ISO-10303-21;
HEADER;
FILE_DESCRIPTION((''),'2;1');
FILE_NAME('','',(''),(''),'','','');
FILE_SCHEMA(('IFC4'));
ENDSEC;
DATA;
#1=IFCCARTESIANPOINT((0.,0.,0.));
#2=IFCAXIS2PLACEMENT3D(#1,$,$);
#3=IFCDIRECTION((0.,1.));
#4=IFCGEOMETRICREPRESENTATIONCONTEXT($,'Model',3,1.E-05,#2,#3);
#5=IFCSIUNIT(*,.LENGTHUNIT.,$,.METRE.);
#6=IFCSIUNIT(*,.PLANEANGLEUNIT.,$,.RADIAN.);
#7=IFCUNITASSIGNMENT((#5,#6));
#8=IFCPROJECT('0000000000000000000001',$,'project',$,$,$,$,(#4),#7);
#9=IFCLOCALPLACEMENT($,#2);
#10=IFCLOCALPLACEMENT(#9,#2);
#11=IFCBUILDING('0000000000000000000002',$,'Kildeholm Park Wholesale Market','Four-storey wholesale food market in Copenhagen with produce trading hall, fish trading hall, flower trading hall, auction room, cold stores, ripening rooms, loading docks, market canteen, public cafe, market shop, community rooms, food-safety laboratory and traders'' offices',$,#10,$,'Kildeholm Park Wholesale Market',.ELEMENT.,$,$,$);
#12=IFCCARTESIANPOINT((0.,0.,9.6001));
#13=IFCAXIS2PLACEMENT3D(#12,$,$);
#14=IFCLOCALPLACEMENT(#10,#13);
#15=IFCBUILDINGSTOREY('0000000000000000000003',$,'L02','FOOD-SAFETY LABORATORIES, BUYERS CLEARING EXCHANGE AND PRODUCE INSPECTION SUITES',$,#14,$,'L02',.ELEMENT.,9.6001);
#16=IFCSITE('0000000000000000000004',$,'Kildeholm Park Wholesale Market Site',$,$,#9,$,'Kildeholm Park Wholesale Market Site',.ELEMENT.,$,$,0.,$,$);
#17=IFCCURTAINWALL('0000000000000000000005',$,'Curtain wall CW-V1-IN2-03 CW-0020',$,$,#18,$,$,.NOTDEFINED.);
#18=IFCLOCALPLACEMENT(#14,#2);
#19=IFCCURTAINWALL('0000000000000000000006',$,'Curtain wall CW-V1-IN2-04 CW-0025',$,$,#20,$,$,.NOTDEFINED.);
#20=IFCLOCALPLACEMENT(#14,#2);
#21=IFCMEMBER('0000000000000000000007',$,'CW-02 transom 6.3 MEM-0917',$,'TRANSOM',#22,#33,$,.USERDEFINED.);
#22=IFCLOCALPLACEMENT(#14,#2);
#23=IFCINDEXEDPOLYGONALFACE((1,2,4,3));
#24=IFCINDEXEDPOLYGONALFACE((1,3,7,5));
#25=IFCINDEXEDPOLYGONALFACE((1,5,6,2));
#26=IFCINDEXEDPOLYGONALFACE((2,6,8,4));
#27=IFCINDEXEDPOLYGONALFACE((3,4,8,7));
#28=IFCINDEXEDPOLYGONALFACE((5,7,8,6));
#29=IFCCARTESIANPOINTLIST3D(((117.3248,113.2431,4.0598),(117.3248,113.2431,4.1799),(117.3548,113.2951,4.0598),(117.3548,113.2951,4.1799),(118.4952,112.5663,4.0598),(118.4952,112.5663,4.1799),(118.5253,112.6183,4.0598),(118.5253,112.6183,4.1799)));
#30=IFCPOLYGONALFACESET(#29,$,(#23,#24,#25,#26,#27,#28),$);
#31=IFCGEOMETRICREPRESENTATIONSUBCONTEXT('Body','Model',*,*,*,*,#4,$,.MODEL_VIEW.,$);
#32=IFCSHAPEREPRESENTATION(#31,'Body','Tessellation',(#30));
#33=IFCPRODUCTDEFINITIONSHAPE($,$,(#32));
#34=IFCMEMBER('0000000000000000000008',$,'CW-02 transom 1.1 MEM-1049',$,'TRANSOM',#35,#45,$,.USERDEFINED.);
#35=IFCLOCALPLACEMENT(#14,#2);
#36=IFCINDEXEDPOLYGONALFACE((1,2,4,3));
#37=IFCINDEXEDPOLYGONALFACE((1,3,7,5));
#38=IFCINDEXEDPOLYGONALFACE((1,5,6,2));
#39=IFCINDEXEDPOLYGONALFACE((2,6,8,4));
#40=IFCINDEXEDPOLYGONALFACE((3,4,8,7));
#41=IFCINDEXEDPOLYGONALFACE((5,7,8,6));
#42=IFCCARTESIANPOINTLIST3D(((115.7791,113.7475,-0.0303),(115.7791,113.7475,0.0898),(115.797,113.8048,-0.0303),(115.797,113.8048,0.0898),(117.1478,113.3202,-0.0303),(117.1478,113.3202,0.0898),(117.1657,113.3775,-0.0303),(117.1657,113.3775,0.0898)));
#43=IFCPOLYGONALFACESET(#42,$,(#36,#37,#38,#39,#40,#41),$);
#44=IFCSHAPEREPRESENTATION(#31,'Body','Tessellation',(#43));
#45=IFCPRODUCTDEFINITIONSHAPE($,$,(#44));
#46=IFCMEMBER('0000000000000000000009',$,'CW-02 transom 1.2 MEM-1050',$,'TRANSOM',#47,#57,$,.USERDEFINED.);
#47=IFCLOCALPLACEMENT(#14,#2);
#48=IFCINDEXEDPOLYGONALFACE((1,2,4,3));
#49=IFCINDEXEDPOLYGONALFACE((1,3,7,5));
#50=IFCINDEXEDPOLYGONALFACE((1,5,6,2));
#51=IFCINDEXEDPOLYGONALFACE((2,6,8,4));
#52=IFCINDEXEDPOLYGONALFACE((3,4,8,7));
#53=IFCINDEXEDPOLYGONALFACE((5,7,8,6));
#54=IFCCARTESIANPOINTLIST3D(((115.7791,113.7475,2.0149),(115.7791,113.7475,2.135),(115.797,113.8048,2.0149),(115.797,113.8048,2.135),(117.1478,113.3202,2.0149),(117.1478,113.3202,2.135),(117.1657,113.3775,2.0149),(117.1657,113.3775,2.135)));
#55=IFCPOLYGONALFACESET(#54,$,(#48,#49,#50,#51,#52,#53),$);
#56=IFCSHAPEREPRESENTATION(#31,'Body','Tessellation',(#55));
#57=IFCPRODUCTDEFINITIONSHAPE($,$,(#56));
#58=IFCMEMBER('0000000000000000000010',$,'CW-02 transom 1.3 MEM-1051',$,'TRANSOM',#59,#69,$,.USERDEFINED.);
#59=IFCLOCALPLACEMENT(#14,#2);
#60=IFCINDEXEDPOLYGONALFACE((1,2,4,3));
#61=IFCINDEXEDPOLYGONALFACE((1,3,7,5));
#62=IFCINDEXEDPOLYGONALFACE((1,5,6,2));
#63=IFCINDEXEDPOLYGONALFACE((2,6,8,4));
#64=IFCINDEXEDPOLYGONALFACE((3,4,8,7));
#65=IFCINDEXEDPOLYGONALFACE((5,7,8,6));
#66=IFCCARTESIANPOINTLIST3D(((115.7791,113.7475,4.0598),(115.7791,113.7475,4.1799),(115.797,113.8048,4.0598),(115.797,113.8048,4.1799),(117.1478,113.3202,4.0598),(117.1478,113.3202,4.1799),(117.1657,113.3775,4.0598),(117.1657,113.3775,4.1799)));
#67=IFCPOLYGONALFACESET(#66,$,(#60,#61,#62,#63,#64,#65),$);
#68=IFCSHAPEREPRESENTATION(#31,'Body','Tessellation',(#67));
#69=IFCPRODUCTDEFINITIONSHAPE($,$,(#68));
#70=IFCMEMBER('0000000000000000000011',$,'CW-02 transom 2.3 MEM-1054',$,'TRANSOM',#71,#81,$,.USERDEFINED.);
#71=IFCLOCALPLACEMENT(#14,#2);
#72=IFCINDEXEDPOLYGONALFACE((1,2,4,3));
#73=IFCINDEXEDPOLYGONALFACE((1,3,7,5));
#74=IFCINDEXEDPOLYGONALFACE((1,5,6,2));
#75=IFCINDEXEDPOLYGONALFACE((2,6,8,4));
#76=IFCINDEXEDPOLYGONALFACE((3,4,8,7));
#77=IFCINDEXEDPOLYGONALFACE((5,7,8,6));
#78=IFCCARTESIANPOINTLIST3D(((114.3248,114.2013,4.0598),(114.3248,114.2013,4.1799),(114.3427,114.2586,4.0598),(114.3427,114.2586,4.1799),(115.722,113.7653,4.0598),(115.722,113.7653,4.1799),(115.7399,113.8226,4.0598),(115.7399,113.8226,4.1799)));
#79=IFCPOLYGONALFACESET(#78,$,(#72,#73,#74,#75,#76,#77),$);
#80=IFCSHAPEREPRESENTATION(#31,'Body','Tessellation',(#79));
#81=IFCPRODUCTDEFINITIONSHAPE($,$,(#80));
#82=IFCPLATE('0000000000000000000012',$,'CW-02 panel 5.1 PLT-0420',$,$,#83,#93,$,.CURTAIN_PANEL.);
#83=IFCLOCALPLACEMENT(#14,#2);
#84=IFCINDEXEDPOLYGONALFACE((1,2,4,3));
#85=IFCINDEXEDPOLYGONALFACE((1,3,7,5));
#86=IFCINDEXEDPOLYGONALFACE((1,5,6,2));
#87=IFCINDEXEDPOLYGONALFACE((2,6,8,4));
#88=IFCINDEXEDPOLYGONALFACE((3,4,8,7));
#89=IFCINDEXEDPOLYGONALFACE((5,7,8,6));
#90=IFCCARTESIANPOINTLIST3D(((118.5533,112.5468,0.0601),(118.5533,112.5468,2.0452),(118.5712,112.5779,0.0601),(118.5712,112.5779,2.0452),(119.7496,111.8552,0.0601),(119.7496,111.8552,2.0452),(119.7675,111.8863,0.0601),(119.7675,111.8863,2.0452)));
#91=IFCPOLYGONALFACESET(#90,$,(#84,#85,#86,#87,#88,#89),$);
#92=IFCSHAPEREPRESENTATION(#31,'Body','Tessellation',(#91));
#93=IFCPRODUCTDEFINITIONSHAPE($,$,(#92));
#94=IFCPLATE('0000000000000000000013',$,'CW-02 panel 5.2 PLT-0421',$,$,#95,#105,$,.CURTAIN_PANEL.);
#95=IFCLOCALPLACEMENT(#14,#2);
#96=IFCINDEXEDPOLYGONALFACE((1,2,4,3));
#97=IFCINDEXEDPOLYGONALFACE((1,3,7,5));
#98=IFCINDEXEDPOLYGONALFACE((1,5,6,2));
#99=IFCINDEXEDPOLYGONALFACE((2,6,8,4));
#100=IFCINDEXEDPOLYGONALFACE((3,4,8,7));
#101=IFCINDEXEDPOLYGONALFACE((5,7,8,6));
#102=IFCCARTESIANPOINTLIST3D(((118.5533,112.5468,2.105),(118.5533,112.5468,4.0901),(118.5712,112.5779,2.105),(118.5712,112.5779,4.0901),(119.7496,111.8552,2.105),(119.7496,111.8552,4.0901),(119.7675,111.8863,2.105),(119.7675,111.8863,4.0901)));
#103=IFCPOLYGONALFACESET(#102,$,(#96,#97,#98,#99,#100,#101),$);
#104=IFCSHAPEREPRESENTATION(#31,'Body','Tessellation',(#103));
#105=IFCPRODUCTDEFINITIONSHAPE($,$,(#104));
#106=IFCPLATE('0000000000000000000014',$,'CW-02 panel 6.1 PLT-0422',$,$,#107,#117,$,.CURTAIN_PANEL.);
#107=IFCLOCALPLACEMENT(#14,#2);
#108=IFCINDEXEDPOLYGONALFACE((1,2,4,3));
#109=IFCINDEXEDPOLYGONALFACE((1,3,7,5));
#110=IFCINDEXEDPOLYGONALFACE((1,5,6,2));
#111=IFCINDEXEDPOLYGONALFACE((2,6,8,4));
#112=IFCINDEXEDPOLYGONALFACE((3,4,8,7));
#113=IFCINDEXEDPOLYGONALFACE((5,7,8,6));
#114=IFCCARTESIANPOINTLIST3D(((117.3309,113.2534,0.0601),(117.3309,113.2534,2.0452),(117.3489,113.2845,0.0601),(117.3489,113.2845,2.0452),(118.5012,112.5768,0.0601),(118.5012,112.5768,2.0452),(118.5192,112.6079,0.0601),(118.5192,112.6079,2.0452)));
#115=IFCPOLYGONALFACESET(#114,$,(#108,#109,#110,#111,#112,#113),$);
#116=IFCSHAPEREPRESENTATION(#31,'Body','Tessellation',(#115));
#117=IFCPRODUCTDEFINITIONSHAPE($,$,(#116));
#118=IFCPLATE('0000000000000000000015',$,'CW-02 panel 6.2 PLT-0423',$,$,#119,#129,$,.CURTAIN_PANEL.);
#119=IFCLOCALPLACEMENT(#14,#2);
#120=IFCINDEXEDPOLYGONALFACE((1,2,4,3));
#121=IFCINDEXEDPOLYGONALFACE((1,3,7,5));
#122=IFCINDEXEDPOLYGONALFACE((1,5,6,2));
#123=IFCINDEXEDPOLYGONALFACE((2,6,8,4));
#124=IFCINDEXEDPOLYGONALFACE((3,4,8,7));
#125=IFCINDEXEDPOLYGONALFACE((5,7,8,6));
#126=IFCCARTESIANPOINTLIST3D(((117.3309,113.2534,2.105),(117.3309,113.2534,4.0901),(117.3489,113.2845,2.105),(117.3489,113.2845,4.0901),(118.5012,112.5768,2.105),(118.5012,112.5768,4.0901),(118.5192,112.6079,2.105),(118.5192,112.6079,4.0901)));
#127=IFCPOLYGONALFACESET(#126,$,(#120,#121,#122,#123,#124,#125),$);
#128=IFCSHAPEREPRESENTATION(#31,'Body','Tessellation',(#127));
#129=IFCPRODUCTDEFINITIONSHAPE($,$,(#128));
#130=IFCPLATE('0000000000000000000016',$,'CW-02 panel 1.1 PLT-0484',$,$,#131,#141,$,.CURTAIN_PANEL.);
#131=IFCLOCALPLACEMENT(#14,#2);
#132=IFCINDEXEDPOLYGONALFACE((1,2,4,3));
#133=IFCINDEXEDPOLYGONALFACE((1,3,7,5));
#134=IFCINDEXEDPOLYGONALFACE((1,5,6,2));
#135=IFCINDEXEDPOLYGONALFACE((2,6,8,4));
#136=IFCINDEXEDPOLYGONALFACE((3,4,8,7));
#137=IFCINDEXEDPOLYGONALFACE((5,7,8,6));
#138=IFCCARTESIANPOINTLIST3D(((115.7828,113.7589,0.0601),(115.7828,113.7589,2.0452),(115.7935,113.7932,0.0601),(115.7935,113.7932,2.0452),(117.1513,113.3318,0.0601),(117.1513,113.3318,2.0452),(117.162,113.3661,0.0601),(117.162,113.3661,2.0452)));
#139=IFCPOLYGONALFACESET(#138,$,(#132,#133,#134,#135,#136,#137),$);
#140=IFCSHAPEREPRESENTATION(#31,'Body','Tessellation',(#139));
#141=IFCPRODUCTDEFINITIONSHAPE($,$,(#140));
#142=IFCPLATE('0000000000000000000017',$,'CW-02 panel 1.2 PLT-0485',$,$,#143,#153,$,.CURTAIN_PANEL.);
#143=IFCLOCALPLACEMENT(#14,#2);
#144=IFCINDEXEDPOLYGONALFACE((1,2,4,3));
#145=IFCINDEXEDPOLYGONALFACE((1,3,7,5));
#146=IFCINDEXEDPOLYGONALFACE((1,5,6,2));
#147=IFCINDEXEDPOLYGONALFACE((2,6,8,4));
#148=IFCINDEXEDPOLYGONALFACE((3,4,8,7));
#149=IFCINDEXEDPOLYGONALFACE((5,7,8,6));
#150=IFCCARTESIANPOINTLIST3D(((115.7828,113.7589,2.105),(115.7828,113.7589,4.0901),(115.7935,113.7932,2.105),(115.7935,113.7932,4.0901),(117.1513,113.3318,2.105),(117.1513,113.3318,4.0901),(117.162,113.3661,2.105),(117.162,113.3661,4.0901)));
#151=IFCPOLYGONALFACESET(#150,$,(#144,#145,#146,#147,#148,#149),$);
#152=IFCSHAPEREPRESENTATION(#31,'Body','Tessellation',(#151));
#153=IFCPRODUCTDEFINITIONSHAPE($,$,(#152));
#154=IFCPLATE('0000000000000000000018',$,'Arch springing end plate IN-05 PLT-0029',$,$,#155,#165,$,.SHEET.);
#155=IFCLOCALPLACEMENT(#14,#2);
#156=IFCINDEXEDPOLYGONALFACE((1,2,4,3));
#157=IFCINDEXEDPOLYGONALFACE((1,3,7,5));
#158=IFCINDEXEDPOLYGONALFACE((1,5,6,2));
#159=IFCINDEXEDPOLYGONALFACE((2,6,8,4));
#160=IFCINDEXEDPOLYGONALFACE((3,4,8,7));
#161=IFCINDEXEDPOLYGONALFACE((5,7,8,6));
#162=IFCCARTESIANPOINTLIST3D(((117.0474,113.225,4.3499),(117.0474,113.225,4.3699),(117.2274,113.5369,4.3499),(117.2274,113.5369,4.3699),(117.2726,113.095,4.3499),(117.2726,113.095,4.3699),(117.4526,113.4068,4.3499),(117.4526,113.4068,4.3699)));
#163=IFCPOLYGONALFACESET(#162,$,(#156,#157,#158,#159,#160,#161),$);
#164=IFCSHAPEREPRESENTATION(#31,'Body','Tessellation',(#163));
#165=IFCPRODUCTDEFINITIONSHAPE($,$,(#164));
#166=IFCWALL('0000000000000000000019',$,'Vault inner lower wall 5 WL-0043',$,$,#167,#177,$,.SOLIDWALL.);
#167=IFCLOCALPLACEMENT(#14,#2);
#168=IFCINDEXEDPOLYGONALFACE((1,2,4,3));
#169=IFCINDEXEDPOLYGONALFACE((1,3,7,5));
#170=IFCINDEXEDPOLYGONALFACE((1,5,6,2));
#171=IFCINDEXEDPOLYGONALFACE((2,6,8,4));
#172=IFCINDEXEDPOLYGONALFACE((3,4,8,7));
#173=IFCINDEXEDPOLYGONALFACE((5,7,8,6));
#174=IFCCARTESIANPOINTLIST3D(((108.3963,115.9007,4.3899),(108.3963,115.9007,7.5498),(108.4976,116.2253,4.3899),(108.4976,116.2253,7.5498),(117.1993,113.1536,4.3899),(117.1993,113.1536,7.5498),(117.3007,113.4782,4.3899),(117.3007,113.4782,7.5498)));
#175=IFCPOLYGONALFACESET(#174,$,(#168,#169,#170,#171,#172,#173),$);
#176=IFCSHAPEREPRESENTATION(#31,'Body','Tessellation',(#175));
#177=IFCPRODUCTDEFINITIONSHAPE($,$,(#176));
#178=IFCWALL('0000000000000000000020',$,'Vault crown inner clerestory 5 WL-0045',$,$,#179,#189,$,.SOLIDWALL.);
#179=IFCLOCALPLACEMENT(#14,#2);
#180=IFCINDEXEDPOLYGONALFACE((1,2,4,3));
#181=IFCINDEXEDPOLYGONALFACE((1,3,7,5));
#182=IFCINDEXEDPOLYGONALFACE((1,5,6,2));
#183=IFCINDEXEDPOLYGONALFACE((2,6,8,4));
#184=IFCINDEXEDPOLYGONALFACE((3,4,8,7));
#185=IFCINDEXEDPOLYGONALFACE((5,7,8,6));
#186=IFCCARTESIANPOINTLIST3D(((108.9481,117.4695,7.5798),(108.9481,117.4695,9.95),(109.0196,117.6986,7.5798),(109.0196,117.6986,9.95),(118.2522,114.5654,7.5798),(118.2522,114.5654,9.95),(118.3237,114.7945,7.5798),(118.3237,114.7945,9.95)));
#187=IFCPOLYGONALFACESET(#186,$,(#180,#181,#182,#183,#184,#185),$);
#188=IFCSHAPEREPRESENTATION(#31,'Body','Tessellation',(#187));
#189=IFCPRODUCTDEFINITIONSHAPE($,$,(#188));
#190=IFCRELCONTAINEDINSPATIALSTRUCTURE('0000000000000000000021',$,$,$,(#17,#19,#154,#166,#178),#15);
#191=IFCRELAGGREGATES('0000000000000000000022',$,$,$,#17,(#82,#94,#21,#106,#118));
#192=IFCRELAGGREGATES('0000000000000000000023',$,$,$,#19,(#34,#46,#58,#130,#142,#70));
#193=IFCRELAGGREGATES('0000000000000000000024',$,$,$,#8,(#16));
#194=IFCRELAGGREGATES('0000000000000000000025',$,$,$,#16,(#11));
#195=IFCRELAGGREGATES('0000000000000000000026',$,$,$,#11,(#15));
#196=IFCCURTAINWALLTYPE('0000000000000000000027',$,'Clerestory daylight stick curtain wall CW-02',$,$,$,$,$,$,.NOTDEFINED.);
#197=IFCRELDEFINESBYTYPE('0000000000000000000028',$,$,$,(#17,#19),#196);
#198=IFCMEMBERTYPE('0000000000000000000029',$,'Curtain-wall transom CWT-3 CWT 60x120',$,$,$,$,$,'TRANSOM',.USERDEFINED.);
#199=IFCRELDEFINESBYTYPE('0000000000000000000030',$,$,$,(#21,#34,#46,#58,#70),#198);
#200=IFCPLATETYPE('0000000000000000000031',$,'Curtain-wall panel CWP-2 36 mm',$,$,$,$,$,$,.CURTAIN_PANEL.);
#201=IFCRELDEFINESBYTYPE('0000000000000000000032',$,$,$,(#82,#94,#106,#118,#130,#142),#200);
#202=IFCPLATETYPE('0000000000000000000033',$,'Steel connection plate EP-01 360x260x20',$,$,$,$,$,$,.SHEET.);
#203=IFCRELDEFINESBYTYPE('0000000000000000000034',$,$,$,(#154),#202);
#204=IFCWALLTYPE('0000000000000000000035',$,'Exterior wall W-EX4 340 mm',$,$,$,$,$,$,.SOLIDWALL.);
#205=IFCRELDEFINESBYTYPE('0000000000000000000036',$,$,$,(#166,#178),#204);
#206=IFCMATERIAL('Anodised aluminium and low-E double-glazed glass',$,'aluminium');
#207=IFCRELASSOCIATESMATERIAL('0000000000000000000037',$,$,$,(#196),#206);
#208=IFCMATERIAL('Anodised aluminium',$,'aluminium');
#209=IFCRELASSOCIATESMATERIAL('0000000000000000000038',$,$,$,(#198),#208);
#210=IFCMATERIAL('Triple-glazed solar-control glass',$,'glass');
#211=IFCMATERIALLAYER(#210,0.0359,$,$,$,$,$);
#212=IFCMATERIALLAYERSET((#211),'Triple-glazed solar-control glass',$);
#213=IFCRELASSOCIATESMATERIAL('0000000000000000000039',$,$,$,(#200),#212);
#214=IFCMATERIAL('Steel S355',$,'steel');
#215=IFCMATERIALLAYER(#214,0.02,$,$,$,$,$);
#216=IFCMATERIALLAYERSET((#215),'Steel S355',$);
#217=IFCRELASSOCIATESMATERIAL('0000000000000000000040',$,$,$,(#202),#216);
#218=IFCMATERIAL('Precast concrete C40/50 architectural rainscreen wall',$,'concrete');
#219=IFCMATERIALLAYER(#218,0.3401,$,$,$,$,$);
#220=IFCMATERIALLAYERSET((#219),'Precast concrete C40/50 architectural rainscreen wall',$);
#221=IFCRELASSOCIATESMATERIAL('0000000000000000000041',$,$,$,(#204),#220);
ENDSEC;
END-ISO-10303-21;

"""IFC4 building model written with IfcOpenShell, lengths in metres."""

from ifc_helpers import new_model, si_unit, direction, frame, frame_2d, origin, origin_2d, place, context, subcontext, project, spatial, rectangle, extrude, material, layer, layer_set, material_profile, profile_set, type_object, element, aggregate, save


model = new_model("IFC4")

# Units and contexts
model_context = context("Model", 3, precision=1e-05, world=origin(), true_north=direction((0.0, 1.0)))
body_context = subcontext(model_context, "Body", "Model", "MODEL_VIEW")
ifc_project = project(units=[si_unit("LENGTHUNIT", "METRE"), si_unit("PLANEANGLEUNIT", "RADIAN")], contexts=[model_context])

# Site, building, storey
site_placement = place(None, origin())
site = spatial("IfcSite", under=ifc_project, at=site_placement, Name="Kildeholm Park Wholesale Market Site", LongName="Kildeholm Park Wholesale Market Site", CompositionType="ELEMENT", RefElevation=0.0)
building_placement = place(site_placement, origin())
building = spatial("IfcBuilding", under=site, at=building_placement, Name="Kildeholm Park Wholesale Market", Description="Four-storey wholesale food market in Copenhagen with produce trading hall, fish trading hall, flower trading hall, auction room, cold stores, ripening rooms, loading docks, market canteen, public cafe, market shop, community rooms, food-safety laboratory and traders' offices", LongName="Kildeholm Park Wholesale Market", CompositionType="ELEMENT")
storey_placement = place(building_placement, frame((0.0, 0.0, 9.6001)))
storey = spatial("IfcBuildingStorey", under=building, at=storey_placement, Name="L02", Description="FOOD-SAFETY LABORATORIES, BUYERS CLEARING EXCHANGE AND PRODUCE INSPECTION SUITES", LongName="L02", CompositionType="ELEMENT", Elevation=9.6001)

# Shared definitions
ifc_material_1 = material(Name="Steel S355", Category="steel")

# Curtain walls
ifc_material_2 = material(Name="Anodised aluminium and low-E double-glazed glass", Category="aluminium")
curtain_wall_type = type_object("IfcCurtainWallType", Name="Clerestory daylight stick curtain wall CW-02", PredefinedType="NOTDEFINED", material=ifc_material_2)
curtain_wall_1_placement = place(storey_placement, origin())
curtain_wall_1 = element("IfcCurtainWall", 1, at=curtain_wall_1_placement, inside=storey, type_object=curtain_wall_type, Name="Curtain wall CW-V1-IN2-03 CW-0020", PredefinedType="NOTDEFINED")
ifc_material_3 = material(Name="Anodised aluminium", Category="aluminium")
curtain_wall_2_placement = place(storey_placement, origin())
curtain_wall_2 = element("IfcCurtainWall", 2, at=curtain_wall_2_placement, inside=storey, type_object=curtain_wall_type, Name="Curtain wall CW-V1-IN2-04 CW-0025", PredefinedType="NOTDEFINED")

# Members
ifc_material_profile_1 = material_profile(ifc_material_3, rectangle(XDim=0.0601, YDim=0.1201, at=origin_2d()), Name="CWT 60x120")
ifc_profile_set_1 = profile_set([ifc_material_profile_1], Name="Anodised aluminium")
member_type_1 = type_object("IfcMemberType", Name="Curtain-wall transom CWT-3 CWT 60x120", ElementType="TRANSOM", PredefinedType="USERDEFINED", material=ifc_profile_set_1)
member_1_placement = place(storey_placement, frame((118.5103, 112.5923, 4.1199), z_axis=(-0.865698, 0.500566, 0.0), x_axis=(-0.500566, -0.865698, 0.0)))
member_1 = element("IfcMember", 3, at=member_1_placement, type_object=member_type_1, Name="CW-02 transom 6.3 MEM-0917", ObjectType="TRANSOM", PredefinedType="USERDEFINED", context=body_context, shape_type="SweptSolid", body=[
    extrude(rectangle(XDim=0.0601, YDim=0.1201, at=origin_2d()), origin(), (0.0, 0.0, 1.0), 1.3521),
])
member_2_placement = place(storey_placement, frame((117.1567, 113.3489, 0.0298), z_axis=(-0.954571, 0.297984, 0.0), x_axis=(-0.297984, -0.954571, 0.0)))
member_2 = element("IfcMember", 4, at=member_2_placement, type_object=member_type_1, Name="CW-02 transom 1.1 MEM-1049", ObjectType="TRANSOM", PredefinedType="USERDEFINED", context=body_context, shape_type="SweptSolid", body=[
    extrude(rectangle(XDim=0.0601, YDim=0.1201, at=origin_2d()), origin(), (0.0, 0.0, 1.0), 1.4338),
])
member_3_placement = place(storey_placement, frame((117.1567, 113.3489, 2.075), z_axis=(-0.954571, 0.297984, 0.0), x_axis=(-0.297984, -0.954571, 0.0)))
member_3 = element("IfcMember", 5, at=member_3_placement, type_object=member_type_1, Name="CW-02 transom 1.2 MEM-1050", ObjectType="TRANSOM", PredefinedType="USERDEFINED", context=body_context, shape_type="SweptSolid", body=[
    extrude(rectangle(XDim=0.0601, YDim=0.1201, at=origin_2d()), origin(), (0.0, 0.0, 1.0), 1.4338),
])
member_4_placement = place(storey_placement, frame((117.1567, 113.3489, 4.1199), z_axis=(-0.954571, 0.297984, 0.0), x_axis=(-0.297984, -0.954571, 0.0)))
member_4 = element("IfcMember", 6, at=member_4_placement, type_object=member_type_1, Name="CW-02 transom 1.3 MEM-1051", ObjectType="TRANSOM", PredefinedType="USERDEFINED", context=body_context, shape_type="SweptSolid", body=[
    extrude(rectangle(XDim=0.0601, YDim=0.1201, at=origin_2d()), origin(), (0.0, 0.0, 1.0), 1.4338),
])
member_5_placement = place(storey_placement, frame((115.731, 113.7939, 4.1199), z_axis=(-0.954596, 0.297905, 0.0), x_axis=(-0.297905, -0.954596, 0.0)))
member_5 = element("IfcMember", 7, at=member_5_placement, type_object=member_type_1, Name="CW-02 transom 2.3 MEM-1054", ObjectType="TRANSOM", PredefinedType="USERDEFINED", context=body_context, shape_type="SweptSolid", body=[
    extrude(rectangle(XDim=0.0601, YDim=0.1201, at=origin_2d()), origin(), (0.0, 0.0, 1.0), 1.4636),
])

# Plates
ifc_material_4 = material(Name="Triple-glazed solar-control glass", Category="glass")
ifc_layer_1 = layer(ifc_material_4, 0.0359)
ifc_layer_set_1 = layer_set([ifc_layer_1], Name="Triple-glazed solar-control glass")
plate_type_1 = type_object("IfcPlateType", Name="Curtain-wall panel CWP-2 36 mm", PredefinedType="CURTAIN_PANEL", material=ifc_layer_set_1)
plate_1_placement = place(storey_placement, frame((119.1604, 112.2166, 0.0601), z_axis=(0.0, 0.0, 1.0), x_axis=(-0.865743, 0.500489, 0.0)))
plate_1 = element("IfcPlate", 8, at=plate_1_placement, type_object=plate_type_1, Name="CW-02 panel 5.1 PLT-0420", PredefinedType="CURTAIN_PANEL", context=body_context, shape_type="SweptSolid", body=[
    extrude(rectangle(XDim=1.3818, YDim=0.0359, at=origin_2d()), origin(), (0.0, 0.0, 1.0), 1.9851),
])
plate_2_placement = place(storey_placement, frame((119.1604, 112.2166, 2.105), z_axis=(0.0, 0.0, 1.0), x_axis=(-0.865743, 0.500489, 0.0)))
plate_2 = element("IfcPlate", 9, at=plate_2_placement, type_object=plate_type_1, Name="CW-02 panel 5.2 PLT-0421", PredefinedType="CURTAIN_PANEL", context=body_context, shape_type="SweptSolid", body=[
    extrude(rectangle(XDim=1.3818, YDim=0.0359, at=origin_2d()), origin(), (0.0, 0.0, 1.0), 1.9851),
])
plate_3_placement = place(storey_placement, frame((117.925, 112.9307, 0.0601), z_axis=(0.0, 0.0, 1.0), x_axis=(-0.865743, 0.500489, 0.0)))
plate_3 = element("IfcPlate", 10, at=plate_3_placement, type_object=plate_type_1, Name="CW-02 panel 6.1 PLT-0422", PredefinedType="CURTAIN_PANEL", context=body_context, shape_type="SweptSolid", body=[
    extrude(rectangle(XDim=1.3518, YDim=0.0359, at=origin_2d()), origin(), (0.0, 0.0, 1.0), 1.9851),
])
plate_4_placement = place(storey_placement, frame((117.925, 112.9307, 2.105), z_axis=(0.0, 0.0, 1.0), x_axis=(-0.865743, 0.500489, 0.0)))
plate_4 = element("IfcPlate", 11, at=plate_4_placement, type_object=plate_type_1, Name="CW-02 panel 6.2 PLT-0423", PredefinedType="CURTAIN_PANEL", context=body_context, shape_type="SweptSolid", body=[
    extrude(rectangle(XDim=1.3518, YDim=0.0359, at=origin_2d()), origin(), (0.0, 0.0, 1.0), 1.9851),
])
aggregate(curtain_wall_1, [plate_1, plate_2, member_1, plate_3, plate_4])
plate_5_placement = place(storey_placement, frame((116.4724, 113.5625, 0.0601), z_axis=(0.0, 0.0, 1.0), x_axis=(-0.954579, 0.297957, 0.0)))
plate_5 = element("IfcPlate", 12, at=plate_5_placement, type_object=plate_type_1, Name="CW-02 panel 1.1 PLT-0484", PredefinedType="CURTAIN_PANEL", context=body_context, shape_type="SweptSolid", body=[
    extrude(rectangle(XDim=1.4336, YDim=0.0359, at=origin_2d()), origin(), (0.0, 0.0, 1.0), 1.9851),
])
plate_6_placement = place(storey_placement, frame((116.4724, 113.5625, 2.105), z_axis=(0.0, 0.0, 1.0), x_axis=(-0.954579, 0.297957, 0.0)))
plate_6 = element("IfcPlate", 13, at=plate_6_placement, type_object=plate_type_1, Name="CW-02 panel 1.2 PLT-0485", PredefinedType="CURTAIN_PANEL", context=body_context, shape_type="SweptSolid", body=[
    extrude(rectangle(XDim=1.4336, YDim=0.0359, at=origin_2d()), origin(), (0.0, 0.0, 1.0), 1.9851),
])
aggregate(curtain_wall_2, [member_2, member_3, member_4, plate_5, plate_6, member_5])
ifc_layer_2 = layer(ifc_material_1, 0.02)
ifc_layer_set_2 = layer_set([ifc_layer_2], Name="Steel S355")
plate_type_2 = type_object("IfcPlateType", Name="Steel connection plate EP-01 360x260x20", PredefinedType="SHEET", material=ifc_layer_set_2)
plate_7_placement = place(storey_placement, frame((117.25, 113.3159, 4.3499), z_axis=(0.0, 0.0, 1.0), x_axis=(0.5, 0.866025, 0.0)))
element("IfcPlate", 14, at=plate_7_placement, inside=storey, type_object=plate_type_2, Name="Arch springing end plate IN-05 PLT-0029", PredefinedType="SHEET", context=body_context, shape_type="SweptSolid", body=[
    extrude(rectangle(XDim=0.3601, YDim=0.26, at=origin_2d()), origin(), (0.0, 0.0, 1.0), 0.02),
])

# Walls
ifc_material_5 = material(Name="Precast concrete C40/50 architectural rainscreen wall", Category="concrete")
ifc_layer_3 = layer(ifc_material_5, 0.3401)
ifc_layer_set_3 = layer_set([ifc_layer_3], Name="Precast concrete C40/50 architectural rainscreen wall")
wall_type = type_object("IfcWallType", Name="Exterior wall W-EX4 340 mm", PredefinedType="SOLIDWALL", material=ifc_layer_set_3)
wall_1_placement = place(storey_placement, frame((117.25, 113.3159, 4.3899), z_axis=(0.0, 0.0, 1.0), x_axis=(-0.954599, 0.297894, 0.0)))
element("IfcWall", 15, at=wall_1_placement, inside=storey, type_object=wall_type, Name="Vault inner lower wall 5 WL-0043", PredefinedType="SOLIDWALL", context=body_context, shape_type="SweptSolid", body=[
    extrude(rectangle(XDim=9.2217, YDim=0.3401, at=frame_2d((4.6108, 0.0))), origin(), (0.0, 0.0, 1.0), 3.1599),
])
wall_2_placement = place(storey_placement, frame((118.2881, 114.6799, 7.5798), z_axis=(0.0, 0.0, 1.0), x_axis=(-0.954582, 0.297947, 0.0)))
element("IfcWall", 16, at=wall_2_placement, inside=storey, type_object=wall_type, Name="Vault crown inner clerestory 5 WL-0045", PredefinedType="SOLIDWALL", context=body_context, shape_type="SweptSolid", body=[
    extrude(rectangle(XDim=9.7468, YDim=0.24, at=frame_2d((4.8735, 0.0))), origin(), (0.0, 0.0, 1.0), 2.3701),
])

save(model, "model.ifc")
